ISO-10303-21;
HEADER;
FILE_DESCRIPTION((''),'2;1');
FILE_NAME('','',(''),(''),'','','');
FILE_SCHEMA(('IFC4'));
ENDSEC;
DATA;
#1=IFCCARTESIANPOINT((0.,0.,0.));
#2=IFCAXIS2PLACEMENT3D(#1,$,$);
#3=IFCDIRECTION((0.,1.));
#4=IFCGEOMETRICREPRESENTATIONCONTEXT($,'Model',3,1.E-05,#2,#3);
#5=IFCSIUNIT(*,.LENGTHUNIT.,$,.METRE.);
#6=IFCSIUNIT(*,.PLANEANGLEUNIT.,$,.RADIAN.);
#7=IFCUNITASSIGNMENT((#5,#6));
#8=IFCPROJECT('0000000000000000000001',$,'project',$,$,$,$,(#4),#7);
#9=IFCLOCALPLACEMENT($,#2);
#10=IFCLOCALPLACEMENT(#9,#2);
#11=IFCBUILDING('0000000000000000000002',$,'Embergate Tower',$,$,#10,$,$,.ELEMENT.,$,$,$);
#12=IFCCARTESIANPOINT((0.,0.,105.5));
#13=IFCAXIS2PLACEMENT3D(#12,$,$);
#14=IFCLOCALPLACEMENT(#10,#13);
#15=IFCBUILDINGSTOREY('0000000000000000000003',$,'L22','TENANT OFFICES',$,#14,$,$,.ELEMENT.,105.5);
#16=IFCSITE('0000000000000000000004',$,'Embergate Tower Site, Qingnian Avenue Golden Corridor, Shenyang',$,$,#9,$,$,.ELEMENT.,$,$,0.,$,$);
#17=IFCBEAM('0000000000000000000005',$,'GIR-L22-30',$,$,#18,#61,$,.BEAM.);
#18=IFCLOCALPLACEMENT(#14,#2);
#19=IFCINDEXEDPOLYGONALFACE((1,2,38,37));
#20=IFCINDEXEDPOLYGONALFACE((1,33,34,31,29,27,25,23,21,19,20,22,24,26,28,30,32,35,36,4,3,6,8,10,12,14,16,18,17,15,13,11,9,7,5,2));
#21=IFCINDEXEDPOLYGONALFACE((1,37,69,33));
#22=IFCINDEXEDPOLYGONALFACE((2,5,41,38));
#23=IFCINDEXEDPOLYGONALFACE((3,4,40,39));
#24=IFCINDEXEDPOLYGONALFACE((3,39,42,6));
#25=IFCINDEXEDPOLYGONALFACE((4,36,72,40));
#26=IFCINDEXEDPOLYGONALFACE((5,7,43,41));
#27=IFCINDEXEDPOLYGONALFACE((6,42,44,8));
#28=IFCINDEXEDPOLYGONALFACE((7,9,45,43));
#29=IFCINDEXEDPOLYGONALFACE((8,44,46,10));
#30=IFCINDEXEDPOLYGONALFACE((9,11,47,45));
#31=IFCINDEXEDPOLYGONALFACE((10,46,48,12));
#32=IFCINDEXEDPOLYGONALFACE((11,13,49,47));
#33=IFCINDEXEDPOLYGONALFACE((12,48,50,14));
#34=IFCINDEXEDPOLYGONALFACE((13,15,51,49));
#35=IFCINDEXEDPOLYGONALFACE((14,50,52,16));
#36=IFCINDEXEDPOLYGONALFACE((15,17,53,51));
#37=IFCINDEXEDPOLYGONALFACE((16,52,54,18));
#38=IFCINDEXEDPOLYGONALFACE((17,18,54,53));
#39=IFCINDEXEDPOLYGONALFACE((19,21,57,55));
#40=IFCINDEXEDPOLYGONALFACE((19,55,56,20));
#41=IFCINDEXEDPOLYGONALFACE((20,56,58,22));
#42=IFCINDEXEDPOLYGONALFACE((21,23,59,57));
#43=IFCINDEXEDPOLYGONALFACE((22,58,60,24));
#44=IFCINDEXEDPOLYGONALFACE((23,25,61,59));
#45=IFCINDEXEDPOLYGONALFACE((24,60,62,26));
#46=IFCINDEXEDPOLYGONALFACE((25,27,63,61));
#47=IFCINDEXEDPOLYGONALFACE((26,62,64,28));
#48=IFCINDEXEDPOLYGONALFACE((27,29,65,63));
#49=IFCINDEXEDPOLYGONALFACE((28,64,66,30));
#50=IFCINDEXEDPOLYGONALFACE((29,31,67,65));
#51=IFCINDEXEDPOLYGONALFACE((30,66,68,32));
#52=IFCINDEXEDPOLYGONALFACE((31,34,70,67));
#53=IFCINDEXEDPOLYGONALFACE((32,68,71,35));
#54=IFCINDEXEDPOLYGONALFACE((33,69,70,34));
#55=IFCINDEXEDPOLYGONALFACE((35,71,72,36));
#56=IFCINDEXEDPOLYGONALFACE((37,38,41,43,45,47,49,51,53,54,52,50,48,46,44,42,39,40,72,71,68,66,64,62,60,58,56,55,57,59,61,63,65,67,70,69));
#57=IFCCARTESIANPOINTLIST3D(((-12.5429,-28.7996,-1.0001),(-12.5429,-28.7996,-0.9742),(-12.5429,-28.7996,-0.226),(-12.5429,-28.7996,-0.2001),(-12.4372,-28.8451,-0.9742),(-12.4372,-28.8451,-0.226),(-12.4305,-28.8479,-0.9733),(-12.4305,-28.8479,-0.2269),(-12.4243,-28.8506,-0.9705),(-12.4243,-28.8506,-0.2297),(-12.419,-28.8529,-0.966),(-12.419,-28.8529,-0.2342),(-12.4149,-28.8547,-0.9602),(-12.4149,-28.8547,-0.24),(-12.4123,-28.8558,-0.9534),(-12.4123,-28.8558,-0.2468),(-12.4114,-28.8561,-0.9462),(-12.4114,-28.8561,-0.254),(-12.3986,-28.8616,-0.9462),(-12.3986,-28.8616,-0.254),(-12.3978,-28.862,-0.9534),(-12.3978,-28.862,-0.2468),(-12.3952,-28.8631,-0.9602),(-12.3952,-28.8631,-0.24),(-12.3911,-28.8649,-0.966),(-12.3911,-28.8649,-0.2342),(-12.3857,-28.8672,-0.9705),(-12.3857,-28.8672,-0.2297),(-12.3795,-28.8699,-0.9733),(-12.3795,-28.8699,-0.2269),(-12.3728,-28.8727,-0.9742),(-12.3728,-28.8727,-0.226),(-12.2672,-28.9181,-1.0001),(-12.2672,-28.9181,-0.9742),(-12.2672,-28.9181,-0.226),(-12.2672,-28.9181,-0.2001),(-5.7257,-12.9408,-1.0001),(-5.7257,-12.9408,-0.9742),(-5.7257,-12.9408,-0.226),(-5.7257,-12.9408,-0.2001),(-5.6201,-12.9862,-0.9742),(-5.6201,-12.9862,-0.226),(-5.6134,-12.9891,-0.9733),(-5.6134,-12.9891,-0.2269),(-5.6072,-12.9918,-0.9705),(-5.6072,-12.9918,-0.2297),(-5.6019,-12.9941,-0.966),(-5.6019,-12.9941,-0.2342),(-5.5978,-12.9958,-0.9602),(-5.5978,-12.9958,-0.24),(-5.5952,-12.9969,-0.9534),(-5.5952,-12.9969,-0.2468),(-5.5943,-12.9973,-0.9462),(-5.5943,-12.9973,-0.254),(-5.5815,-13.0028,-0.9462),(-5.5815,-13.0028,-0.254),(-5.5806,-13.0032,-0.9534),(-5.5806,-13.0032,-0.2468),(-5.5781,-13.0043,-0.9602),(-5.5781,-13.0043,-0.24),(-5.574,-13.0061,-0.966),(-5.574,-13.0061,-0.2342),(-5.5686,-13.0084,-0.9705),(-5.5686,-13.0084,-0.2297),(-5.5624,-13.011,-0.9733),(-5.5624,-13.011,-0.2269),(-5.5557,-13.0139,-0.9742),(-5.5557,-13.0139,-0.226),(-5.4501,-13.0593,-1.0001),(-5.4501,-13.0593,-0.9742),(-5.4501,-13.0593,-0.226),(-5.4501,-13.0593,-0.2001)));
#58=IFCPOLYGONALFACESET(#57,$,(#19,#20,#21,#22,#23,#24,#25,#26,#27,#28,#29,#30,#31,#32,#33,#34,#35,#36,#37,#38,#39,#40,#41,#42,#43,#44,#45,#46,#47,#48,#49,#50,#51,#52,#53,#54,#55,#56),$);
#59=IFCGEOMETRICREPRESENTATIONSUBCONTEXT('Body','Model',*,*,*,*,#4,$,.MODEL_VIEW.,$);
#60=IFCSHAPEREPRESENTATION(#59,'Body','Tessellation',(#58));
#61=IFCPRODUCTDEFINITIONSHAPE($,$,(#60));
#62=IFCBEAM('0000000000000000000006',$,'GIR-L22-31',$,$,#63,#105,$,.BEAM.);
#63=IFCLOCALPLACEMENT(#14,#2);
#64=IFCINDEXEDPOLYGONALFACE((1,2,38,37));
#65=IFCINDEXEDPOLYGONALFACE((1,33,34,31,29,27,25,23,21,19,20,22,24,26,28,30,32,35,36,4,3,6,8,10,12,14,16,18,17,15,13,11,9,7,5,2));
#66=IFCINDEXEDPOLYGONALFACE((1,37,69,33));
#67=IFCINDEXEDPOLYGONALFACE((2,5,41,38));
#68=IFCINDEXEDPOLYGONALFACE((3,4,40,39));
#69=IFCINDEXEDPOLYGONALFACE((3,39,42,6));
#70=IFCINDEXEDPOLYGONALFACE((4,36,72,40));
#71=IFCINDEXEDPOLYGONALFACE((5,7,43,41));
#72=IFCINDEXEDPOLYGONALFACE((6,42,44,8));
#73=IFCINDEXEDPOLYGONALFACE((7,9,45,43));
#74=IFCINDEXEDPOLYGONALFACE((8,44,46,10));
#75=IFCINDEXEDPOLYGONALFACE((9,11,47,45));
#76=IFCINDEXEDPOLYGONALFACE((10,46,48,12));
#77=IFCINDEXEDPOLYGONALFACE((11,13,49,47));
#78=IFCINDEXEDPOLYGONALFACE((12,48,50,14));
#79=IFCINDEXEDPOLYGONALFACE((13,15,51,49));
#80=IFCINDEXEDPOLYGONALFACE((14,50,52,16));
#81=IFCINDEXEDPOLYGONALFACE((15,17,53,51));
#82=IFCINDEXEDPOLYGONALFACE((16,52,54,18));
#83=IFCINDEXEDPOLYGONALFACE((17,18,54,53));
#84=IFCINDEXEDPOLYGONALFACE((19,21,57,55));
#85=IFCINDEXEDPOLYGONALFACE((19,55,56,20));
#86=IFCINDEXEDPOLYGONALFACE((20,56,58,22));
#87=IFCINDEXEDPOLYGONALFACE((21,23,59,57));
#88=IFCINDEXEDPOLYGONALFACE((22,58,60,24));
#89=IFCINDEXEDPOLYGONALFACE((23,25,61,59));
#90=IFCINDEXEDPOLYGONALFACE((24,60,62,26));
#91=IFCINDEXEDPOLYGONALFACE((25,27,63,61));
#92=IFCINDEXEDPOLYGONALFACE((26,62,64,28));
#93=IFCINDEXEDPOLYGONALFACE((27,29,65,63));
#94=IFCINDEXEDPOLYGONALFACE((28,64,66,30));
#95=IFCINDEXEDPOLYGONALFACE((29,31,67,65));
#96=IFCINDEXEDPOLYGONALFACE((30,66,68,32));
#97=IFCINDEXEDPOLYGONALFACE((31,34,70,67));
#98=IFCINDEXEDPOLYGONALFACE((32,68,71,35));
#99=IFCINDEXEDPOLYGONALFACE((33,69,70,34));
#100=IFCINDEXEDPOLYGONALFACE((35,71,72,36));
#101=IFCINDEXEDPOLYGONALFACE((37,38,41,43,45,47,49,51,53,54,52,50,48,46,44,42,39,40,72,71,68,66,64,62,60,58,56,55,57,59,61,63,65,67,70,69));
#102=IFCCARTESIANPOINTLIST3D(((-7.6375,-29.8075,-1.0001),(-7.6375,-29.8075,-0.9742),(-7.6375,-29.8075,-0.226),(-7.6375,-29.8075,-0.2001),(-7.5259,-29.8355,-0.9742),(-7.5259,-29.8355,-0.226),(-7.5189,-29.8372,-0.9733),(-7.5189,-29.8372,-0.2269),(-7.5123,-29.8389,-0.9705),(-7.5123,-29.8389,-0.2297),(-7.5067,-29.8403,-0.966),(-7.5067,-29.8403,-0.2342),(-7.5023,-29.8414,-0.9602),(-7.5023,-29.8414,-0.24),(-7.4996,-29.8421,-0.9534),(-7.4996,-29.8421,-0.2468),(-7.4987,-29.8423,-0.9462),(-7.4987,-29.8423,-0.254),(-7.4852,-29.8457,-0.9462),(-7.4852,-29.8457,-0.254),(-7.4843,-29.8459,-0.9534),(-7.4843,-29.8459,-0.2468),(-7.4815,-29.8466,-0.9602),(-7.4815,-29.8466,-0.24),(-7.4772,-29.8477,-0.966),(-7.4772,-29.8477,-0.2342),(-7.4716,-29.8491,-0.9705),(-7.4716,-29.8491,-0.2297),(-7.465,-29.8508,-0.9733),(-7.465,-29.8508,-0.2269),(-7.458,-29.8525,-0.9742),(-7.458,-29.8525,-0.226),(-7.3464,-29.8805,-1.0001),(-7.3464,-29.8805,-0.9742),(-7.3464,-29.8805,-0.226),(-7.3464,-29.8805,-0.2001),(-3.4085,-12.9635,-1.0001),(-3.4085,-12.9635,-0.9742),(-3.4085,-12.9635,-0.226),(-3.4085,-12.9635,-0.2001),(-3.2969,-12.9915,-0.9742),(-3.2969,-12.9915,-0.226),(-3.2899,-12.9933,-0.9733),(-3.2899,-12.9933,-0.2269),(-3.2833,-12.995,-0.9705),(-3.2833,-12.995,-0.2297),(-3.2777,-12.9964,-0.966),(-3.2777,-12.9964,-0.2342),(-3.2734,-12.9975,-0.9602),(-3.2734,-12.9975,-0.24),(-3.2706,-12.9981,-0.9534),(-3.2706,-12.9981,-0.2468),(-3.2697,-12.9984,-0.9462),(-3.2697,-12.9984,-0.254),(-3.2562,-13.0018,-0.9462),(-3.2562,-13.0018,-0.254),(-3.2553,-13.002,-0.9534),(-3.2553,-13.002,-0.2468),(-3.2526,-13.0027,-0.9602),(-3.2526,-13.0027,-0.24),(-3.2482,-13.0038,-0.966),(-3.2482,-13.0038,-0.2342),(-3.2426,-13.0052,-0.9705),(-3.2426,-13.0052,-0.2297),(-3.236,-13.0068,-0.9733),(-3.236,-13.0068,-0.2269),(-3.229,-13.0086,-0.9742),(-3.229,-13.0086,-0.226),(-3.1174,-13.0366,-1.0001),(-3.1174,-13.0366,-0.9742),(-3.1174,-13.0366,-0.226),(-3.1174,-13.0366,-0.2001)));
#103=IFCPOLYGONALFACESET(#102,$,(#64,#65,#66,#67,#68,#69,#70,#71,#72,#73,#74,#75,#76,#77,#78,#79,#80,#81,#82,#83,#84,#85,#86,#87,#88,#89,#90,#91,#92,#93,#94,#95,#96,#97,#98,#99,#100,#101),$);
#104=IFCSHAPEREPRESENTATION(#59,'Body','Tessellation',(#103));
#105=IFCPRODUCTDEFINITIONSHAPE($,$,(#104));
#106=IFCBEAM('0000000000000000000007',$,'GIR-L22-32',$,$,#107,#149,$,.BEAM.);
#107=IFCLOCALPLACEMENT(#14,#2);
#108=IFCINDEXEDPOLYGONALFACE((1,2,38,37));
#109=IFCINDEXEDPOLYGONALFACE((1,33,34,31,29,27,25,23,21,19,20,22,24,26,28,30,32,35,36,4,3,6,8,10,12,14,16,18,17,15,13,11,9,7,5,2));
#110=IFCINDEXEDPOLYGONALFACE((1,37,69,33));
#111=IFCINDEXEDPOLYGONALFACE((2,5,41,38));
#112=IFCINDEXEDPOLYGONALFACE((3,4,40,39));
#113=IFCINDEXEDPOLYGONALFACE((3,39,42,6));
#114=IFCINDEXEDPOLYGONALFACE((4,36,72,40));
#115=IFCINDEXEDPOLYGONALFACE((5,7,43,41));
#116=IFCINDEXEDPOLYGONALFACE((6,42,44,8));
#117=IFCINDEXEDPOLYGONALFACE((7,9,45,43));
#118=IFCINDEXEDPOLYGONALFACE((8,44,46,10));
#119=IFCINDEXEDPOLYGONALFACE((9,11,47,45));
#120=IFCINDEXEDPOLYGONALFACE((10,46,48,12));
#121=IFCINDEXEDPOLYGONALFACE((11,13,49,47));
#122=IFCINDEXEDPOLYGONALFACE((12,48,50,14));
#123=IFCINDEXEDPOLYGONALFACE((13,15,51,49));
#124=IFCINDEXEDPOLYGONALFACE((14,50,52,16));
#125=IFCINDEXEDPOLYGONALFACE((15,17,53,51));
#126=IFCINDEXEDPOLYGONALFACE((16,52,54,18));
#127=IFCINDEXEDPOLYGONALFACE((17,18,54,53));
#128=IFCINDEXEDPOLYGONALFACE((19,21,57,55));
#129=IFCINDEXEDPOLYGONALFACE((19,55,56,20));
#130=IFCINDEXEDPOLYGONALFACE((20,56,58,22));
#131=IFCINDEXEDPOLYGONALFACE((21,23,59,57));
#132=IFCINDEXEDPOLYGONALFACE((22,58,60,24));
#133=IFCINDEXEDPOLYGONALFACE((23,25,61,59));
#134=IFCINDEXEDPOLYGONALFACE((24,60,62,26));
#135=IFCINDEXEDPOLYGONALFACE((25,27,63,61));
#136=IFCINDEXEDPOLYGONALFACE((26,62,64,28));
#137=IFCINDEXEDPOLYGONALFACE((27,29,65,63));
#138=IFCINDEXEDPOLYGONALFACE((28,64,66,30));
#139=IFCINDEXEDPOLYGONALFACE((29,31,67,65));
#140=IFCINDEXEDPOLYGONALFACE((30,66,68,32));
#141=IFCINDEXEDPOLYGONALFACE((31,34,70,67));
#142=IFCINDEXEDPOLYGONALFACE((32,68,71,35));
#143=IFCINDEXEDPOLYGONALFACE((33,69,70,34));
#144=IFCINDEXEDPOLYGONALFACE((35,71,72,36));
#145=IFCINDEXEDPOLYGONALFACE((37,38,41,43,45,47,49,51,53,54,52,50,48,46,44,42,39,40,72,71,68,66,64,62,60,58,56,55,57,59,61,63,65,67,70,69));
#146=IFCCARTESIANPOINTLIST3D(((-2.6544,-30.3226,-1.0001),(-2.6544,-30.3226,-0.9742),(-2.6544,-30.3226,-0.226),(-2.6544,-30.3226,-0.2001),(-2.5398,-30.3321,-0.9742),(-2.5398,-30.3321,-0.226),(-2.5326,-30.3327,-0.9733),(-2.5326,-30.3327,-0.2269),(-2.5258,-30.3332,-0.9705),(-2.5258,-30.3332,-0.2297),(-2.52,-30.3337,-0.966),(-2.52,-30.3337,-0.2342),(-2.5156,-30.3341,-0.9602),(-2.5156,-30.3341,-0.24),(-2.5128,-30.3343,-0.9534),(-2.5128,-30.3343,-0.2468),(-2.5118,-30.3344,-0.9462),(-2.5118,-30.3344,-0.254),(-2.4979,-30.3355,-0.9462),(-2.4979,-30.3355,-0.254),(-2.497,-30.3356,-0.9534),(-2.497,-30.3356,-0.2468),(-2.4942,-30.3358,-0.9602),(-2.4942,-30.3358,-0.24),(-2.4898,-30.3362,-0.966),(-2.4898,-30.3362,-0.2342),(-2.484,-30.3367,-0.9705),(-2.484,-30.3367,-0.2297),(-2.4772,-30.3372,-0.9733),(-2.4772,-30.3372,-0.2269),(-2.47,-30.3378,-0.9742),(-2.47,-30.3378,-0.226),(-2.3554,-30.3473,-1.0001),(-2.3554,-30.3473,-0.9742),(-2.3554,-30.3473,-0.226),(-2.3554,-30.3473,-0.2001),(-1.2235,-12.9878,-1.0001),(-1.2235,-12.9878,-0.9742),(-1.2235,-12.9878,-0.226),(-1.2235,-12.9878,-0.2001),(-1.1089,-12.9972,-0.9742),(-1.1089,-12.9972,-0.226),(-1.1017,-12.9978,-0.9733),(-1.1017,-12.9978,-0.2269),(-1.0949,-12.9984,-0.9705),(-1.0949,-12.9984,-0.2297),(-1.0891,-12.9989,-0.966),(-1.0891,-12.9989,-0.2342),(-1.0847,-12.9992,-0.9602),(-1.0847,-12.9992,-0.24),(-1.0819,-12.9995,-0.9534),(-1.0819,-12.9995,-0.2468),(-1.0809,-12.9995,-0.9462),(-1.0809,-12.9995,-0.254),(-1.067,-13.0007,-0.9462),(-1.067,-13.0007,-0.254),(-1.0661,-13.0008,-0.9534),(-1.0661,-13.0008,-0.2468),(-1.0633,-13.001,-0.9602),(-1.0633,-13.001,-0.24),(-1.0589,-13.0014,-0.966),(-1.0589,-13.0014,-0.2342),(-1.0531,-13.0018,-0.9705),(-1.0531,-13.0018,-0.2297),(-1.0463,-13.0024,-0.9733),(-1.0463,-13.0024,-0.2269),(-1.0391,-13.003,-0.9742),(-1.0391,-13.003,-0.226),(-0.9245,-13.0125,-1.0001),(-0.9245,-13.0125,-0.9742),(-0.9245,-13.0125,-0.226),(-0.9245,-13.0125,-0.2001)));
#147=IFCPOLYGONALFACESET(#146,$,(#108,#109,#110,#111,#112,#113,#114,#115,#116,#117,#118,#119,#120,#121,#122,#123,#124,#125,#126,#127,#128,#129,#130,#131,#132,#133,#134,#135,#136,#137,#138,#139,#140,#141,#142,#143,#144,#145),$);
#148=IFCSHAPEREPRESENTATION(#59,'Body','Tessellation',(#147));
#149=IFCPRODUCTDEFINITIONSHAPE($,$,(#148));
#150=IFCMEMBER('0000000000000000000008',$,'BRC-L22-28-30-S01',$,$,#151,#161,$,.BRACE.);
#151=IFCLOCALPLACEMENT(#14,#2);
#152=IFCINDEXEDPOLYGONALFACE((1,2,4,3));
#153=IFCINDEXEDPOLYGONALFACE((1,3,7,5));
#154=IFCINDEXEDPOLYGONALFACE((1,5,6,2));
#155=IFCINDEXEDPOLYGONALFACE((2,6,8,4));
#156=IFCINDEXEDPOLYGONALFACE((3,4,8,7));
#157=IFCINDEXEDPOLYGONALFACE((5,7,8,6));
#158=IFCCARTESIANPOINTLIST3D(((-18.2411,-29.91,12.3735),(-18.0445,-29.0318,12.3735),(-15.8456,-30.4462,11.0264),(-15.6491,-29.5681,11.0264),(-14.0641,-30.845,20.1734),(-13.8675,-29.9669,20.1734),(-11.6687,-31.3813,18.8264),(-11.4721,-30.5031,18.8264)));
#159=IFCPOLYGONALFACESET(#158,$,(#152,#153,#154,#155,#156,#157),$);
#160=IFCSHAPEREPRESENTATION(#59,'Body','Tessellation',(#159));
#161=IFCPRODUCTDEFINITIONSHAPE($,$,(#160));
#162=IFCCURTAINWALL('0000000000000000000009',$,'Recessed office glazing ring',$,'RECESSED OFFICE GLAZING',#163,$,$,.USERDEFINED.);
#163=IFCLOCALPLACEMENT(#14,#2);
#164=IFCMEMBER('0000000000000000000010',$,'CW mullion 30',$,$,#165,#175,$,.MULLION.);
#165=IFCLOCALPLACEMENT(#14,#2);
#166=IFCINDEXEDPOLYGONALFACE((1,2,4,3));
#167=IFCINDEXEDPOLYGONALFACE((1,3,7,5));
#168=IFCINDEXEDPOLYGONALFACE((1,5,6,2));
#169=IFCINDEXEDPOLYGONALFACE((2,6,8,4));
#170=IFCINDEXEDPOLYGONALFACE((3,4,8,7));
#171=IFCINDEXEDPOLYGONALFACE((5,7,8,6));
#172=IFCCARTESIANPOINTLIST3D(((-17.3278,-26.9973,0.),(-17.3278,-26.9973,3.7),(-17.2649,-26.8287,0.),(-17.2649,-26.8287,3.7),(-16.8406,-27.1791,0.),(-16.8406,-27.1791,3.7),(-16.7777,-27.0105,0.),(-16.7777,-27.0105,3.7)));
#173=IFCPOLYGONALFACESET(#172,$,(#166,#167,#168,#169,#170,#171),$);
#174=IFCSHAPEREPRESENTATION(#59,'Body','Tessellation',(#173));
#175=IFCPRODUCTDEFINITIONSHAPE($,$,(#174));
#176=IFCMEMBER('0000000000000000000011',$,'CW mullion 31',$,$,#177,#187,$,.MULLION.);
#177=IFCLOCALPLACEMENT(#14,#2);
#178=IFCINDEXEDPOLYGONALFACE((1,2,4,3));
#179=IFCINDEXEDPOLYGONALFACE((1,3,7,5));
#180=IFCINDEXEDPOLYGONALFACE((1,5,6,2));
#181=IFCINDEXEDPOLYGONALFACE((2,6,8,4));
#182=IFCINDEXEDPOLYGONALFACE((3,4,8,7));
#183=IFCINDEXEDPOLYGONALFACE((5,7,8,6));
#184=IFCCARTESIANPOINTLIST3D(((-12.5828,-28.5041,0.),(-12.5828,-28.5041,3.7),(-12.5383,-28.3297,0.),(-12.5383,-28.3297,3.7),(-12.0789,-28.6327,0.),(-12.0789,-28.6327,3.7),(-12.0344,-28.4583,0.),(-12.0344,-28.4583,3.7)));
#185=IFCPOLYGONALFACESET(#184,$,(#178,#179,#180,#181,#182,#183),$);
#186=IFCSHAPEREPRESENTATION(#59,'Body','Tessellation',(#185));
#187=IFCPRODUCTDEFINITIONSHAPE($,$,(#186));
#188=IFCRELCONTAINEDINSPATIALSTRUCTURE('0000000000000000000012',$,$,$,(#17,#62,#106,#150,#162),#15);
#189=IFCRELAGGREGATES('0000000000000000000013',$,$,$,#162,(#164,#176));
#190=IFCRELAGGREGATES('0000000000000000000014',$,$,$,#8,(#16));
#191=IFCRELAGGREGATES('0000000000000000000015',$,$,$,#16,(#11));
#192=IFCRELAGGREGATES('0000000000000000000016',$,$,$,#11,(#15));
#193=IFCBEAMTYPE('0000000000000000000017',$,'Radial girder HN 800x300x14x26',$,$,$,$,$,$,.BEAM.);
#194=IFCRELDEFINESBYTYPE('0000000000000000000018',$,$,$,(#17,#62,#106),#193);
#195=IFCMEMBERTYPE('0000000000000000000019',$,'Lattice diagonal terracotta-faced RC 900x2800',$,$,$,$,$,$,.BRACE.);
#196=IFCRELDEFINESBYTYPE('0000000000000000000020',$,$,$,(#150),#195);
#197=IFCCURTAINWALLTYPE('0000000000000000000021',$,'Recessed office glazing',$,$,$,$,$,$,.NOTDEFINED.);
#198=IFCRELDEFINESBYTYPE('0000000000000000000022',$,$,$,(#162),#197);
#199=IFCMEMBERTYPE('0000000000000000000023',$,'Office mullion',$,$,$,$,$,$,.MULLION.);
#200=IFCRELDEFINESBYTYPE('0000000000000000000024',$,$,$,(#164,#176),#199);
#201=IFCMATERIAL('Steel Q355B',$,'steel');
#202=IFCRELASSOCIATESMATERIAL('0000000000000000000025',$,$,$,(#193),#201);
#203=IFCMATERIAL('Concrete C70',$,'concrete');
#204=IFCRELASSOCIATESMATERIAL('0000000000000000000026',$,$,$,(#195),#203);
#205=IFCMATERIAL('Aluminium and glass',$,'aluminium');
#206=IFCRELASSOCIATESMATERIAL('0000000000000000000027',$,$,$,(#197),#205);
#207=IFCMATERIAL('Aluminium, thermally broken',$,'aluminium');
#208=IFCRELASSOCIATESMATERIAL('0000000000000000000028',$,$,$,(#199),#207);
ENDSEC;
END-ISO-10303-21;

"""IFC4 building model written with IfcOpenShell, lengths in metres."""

from ifc_helpers import new_model, si_unit, direction, frame, origin, origin_2d, place, context, subcontext, project, spatial, rectangle, i_section, extrude, source, transform, mapped, material, material_profile, profile_set, type_object, element, aggregate, save


model = new_model("IFC4")

# Units and contexts
model_context = context("Model", 3, precision=1e-05, world=origin(), true_north=direction((0.0, 1.0)))
body_context = subcontext(model_context, "Body", "Model", "MODEL_VIEW")
ifc_project = project(units=[si_unit("LENGTHUNIT", "METRE"), si_unit("PLANEANGLEUNIT", "RADIAN")], contexts=[model_context])

# Site, building, storey
site_placement = place(None, origin())
site = spatial("IfcSite", under=ifc_project, at=site_placement, Name="Embergate Tower Site, Qingnian Avenue Golden Corridor, Shenyang", CompositionType="ELEMENT", RefElevation=0.0)
building_placement = place(site_placement, origin())
building = spatial("IfcBuilding", under=site, at=building_placement, Name="Embergate Tower", CompositionType="ELEMENT")
storey_placement = place(building_placement, frame((0.0, 0.0, 105.5)))
storey = spatial("IfcBuildingStorey", under=building, at=storey_placement, Name="L22", Description="TENANT OFFICES", CompositionType="ELEMENT", Elevation=105.5)

# Shared definitions
ifc_material_1 = material(Name="Concrete C70", Category="concrete")

# Beams
ifc_material_2 = material(Name="Steel Q355B", Category="steel")
ifc_material_profile_1 = material_profile(ifc_material_2, i_section(OverallWidth=0.3, OverallDepth=0.8, WebThickness=0.0139, FlangeThickness=0.0259, FilletRadius=0.0281, at=origin_2d()), Name="HN 800x300x14x26")
ifc_profile_set_1 = profile_set([ifc_material_profile_1], Name="Steel Q355 grade B")
beam_type_1 = type_object("IfcBeamType", Name="Radial girder HN 800x300x14x26", PredefinedType="BEAM", material=ifc_profile_set_1)
shared_shape_1 = source(origin(), body_context, "Body", "SweptSolid", [
    extrude(i_section(OverallWidth=0.3, OverallDepth=0.8, WebThickness=0.0139, FlangeThickness=0.0259, FilletRadius=0.0281, at=origin_2d()), origin(), (0.0, 0.0, 1.0), 17.262),
])
beam_1_placement = place(storey_placement, frame((-12.405, -28.8589, -0.6001), z_axis=(0.394921, 0.918715, 0.0), x_axis=(-0.918715, 0.394921, 0.0)))
element("IfcBeam", 1, at=beam_1_placement, inside=storey, type_object=beam_type_1, Name="GIR-L22-30", PredefinedType="BEAM", context=body_context, shape_type="MappedRepresentation", body=[
    mapped(shared_shape_1, transform((0.0, 0.0, 0.0))),
])
shared_shape_2 = source(origin(), body_context, "Body", "SweptSolid", [
    extrude(i_section(OverallWidth=0.3, OverallDepth=0.8, WebThickness=0.0139, FlangeThickness=0.0259, FilletRadius=0.0281, at=origin_2d()), origin(), (0.0, 0.0, 1.0), 17.3667),
])
beam_2_placement = place(storey_placement, frame((-7.4919, -29.844, -0.6001), z_axis=(0.243511, 0.969898, 0.0), x_axis=(-0.969898, 0.243511, 0.0)))
element("IfcBeam", 2, at=beam_2_placement, inside=storey, type_object=beam_type_1, Name="GIR-L22-31", PredefinedType="BEAM", context=body_context, shape_type="MappedRepresentation", body=[
    mapped(shared_shape_2, transform((0.0, 0.0, 0.0))),
])
shared_shape_3 = source(origin(), body_context, "Body", "SweptSolid", [
    extrude(i_section(OverallWidth=0.3, OverallDepth=0.8, WebThickness=0.0139, FlangeThickness=0.0259, FilletRadius=0.0281, at=origin_2d()), origin(), (0.0, 0.0, 1.0), 17.3938),
])
beam_3_placement = place(storey_placement, frame((-2.5049, -30.335, -0.6001), z_axis=(0.082265, 0.996611, 0.0), x_axis=(-0.996611, 0.082265, 0.0)))
element("IfcBeam", 3, at=beam_3_placement, inside=storey, type_object=beam_type_1, Name="GIR-L22-32", PredefinedType="BEAM", context=body_context, shape_type="MappedRepresentation", body=[
    mapped(shared_shape_3, transform((0.0, 0.0, 0.0))),
])

# Member
ifc_material_profile_2 = material_profile(ifc_material_1, rectangle(XDim=0.8999, YDim=2.8, at=origin_2d()), Name="RC 900x2800")
ifc_profile_set_2 = profile_set([ifc_material_profile_2], Name="Concrete C70")
member_type_1 = type_object("IfcMemberType", Name="Lattice diagonal terracotta-faced RC 900x2800", PredefinedType="BRACE", material=ifc_profile_set_2)
shared_shape_4 = source(origin(), body_context, "Body", "SweptSolid", [
    extrude(rectangle(XDim=0.8999, YDim=2.8, at=origin_2d()), origin(), (0.0, 0.0, 1.0), 8.8972),
])
member_1_placement = place(storey_placement, frame((-16.9451, -29.739, 11.7), z_axis=(0.469467, -0.105094, 0.876673), x_axis=(0.218452, 0.975848, 0.0)))
element("IfcMember", 4, at=member_1_placement, inside=storey, type_object=member_type_1, Name="BRC-L22-28-30-S01", PredefinedType="BRACE", context=body_context, shape_type="MappedRepresentation", body=[
    mapped(shared_shape_4, transform((0.0, 0.0, 0.0))),
])

# Curtain wall, members
ifc_material_3 = material(Name="Aluminium and glass", Category="aluminium")
curtain_wall_type = type_object("IfcCurtainWallType", Name="Recessed office glazing", PredefinedType="NOTDEFINED", material=ifc_material_3)
curtain_wall_placement = place(storey_placement, origin())
curtain_wall = element("IfcCurtainWall", 5, at=curtain_wall_placement, inside=storey, type_object=curtain_wall_type, Name="Recessed office glazing ring", ObjectType="RECESSED OFFICE GLAZING", PredefinedType="USERDEFINED")
ifc_material_4 = material(Name="Aluminium, thermally broken", Category="aluminium")
ifc_material_profile_3 = material_profile(ifc_material_4, rectangle(XDim=0.1799, YDim=0.52, at=origin_2d()), Name="AL 520x180")
ifc_profile_set_3 = profile_set([ifc_material_profile_3], Name="Aluminium, thermally broken")
member_type_2 = type_object("IfcMemberType", Name="Office mullion", PredefinedType="MULLION", material=ifc_profile_set_3)
shared_shape_5 = source(origin(), body_context, "Body", "SweptSolid", [
    extrude(rectangle(XDim=0.1799, YDim=0.52, at=origin_2d()), origin(), (0.0, 0.0, 1.0), 3.7),
])
member_2_placement = place(storey_placement, frame((-17.0527, -27.0039, 0.0), z_axis=(0.0, 0.0, 1.0), x_axis=(0.349511, 0.936932, 0.0)))
member_2 = element("IfcMember", 6, at=member_2_placement, type_object=member_type_2, Name="CW mullion 30", PredefinedType="MULLION", context=body_context, shape_type="MappedRepresentation", body=[
    mapped(shared_shape_5, transform((0.0, 0.0, 0.0))),
])
member_3_placement = place(storey_placement, frame((-12.3086, -28.4812, 0.0), z_axis=(0.0, 0.0, 1.0), x_axis=(0.247317, 0.968935, 0.0)))
member_3 = element("IfcMember", 7, at=member_3_placement, type_object=member_type_2, Name="CW mullion 31", PredefinedType="MULLION", context=body_context, shape_type="MappedRepresentation", body=[
    mapped(shared_shape_5, transform((0.0, 0.0, 0.0))),
])

aggregate(curtain_wall, [member_2, member_3])

save(model, "model.ifc")
